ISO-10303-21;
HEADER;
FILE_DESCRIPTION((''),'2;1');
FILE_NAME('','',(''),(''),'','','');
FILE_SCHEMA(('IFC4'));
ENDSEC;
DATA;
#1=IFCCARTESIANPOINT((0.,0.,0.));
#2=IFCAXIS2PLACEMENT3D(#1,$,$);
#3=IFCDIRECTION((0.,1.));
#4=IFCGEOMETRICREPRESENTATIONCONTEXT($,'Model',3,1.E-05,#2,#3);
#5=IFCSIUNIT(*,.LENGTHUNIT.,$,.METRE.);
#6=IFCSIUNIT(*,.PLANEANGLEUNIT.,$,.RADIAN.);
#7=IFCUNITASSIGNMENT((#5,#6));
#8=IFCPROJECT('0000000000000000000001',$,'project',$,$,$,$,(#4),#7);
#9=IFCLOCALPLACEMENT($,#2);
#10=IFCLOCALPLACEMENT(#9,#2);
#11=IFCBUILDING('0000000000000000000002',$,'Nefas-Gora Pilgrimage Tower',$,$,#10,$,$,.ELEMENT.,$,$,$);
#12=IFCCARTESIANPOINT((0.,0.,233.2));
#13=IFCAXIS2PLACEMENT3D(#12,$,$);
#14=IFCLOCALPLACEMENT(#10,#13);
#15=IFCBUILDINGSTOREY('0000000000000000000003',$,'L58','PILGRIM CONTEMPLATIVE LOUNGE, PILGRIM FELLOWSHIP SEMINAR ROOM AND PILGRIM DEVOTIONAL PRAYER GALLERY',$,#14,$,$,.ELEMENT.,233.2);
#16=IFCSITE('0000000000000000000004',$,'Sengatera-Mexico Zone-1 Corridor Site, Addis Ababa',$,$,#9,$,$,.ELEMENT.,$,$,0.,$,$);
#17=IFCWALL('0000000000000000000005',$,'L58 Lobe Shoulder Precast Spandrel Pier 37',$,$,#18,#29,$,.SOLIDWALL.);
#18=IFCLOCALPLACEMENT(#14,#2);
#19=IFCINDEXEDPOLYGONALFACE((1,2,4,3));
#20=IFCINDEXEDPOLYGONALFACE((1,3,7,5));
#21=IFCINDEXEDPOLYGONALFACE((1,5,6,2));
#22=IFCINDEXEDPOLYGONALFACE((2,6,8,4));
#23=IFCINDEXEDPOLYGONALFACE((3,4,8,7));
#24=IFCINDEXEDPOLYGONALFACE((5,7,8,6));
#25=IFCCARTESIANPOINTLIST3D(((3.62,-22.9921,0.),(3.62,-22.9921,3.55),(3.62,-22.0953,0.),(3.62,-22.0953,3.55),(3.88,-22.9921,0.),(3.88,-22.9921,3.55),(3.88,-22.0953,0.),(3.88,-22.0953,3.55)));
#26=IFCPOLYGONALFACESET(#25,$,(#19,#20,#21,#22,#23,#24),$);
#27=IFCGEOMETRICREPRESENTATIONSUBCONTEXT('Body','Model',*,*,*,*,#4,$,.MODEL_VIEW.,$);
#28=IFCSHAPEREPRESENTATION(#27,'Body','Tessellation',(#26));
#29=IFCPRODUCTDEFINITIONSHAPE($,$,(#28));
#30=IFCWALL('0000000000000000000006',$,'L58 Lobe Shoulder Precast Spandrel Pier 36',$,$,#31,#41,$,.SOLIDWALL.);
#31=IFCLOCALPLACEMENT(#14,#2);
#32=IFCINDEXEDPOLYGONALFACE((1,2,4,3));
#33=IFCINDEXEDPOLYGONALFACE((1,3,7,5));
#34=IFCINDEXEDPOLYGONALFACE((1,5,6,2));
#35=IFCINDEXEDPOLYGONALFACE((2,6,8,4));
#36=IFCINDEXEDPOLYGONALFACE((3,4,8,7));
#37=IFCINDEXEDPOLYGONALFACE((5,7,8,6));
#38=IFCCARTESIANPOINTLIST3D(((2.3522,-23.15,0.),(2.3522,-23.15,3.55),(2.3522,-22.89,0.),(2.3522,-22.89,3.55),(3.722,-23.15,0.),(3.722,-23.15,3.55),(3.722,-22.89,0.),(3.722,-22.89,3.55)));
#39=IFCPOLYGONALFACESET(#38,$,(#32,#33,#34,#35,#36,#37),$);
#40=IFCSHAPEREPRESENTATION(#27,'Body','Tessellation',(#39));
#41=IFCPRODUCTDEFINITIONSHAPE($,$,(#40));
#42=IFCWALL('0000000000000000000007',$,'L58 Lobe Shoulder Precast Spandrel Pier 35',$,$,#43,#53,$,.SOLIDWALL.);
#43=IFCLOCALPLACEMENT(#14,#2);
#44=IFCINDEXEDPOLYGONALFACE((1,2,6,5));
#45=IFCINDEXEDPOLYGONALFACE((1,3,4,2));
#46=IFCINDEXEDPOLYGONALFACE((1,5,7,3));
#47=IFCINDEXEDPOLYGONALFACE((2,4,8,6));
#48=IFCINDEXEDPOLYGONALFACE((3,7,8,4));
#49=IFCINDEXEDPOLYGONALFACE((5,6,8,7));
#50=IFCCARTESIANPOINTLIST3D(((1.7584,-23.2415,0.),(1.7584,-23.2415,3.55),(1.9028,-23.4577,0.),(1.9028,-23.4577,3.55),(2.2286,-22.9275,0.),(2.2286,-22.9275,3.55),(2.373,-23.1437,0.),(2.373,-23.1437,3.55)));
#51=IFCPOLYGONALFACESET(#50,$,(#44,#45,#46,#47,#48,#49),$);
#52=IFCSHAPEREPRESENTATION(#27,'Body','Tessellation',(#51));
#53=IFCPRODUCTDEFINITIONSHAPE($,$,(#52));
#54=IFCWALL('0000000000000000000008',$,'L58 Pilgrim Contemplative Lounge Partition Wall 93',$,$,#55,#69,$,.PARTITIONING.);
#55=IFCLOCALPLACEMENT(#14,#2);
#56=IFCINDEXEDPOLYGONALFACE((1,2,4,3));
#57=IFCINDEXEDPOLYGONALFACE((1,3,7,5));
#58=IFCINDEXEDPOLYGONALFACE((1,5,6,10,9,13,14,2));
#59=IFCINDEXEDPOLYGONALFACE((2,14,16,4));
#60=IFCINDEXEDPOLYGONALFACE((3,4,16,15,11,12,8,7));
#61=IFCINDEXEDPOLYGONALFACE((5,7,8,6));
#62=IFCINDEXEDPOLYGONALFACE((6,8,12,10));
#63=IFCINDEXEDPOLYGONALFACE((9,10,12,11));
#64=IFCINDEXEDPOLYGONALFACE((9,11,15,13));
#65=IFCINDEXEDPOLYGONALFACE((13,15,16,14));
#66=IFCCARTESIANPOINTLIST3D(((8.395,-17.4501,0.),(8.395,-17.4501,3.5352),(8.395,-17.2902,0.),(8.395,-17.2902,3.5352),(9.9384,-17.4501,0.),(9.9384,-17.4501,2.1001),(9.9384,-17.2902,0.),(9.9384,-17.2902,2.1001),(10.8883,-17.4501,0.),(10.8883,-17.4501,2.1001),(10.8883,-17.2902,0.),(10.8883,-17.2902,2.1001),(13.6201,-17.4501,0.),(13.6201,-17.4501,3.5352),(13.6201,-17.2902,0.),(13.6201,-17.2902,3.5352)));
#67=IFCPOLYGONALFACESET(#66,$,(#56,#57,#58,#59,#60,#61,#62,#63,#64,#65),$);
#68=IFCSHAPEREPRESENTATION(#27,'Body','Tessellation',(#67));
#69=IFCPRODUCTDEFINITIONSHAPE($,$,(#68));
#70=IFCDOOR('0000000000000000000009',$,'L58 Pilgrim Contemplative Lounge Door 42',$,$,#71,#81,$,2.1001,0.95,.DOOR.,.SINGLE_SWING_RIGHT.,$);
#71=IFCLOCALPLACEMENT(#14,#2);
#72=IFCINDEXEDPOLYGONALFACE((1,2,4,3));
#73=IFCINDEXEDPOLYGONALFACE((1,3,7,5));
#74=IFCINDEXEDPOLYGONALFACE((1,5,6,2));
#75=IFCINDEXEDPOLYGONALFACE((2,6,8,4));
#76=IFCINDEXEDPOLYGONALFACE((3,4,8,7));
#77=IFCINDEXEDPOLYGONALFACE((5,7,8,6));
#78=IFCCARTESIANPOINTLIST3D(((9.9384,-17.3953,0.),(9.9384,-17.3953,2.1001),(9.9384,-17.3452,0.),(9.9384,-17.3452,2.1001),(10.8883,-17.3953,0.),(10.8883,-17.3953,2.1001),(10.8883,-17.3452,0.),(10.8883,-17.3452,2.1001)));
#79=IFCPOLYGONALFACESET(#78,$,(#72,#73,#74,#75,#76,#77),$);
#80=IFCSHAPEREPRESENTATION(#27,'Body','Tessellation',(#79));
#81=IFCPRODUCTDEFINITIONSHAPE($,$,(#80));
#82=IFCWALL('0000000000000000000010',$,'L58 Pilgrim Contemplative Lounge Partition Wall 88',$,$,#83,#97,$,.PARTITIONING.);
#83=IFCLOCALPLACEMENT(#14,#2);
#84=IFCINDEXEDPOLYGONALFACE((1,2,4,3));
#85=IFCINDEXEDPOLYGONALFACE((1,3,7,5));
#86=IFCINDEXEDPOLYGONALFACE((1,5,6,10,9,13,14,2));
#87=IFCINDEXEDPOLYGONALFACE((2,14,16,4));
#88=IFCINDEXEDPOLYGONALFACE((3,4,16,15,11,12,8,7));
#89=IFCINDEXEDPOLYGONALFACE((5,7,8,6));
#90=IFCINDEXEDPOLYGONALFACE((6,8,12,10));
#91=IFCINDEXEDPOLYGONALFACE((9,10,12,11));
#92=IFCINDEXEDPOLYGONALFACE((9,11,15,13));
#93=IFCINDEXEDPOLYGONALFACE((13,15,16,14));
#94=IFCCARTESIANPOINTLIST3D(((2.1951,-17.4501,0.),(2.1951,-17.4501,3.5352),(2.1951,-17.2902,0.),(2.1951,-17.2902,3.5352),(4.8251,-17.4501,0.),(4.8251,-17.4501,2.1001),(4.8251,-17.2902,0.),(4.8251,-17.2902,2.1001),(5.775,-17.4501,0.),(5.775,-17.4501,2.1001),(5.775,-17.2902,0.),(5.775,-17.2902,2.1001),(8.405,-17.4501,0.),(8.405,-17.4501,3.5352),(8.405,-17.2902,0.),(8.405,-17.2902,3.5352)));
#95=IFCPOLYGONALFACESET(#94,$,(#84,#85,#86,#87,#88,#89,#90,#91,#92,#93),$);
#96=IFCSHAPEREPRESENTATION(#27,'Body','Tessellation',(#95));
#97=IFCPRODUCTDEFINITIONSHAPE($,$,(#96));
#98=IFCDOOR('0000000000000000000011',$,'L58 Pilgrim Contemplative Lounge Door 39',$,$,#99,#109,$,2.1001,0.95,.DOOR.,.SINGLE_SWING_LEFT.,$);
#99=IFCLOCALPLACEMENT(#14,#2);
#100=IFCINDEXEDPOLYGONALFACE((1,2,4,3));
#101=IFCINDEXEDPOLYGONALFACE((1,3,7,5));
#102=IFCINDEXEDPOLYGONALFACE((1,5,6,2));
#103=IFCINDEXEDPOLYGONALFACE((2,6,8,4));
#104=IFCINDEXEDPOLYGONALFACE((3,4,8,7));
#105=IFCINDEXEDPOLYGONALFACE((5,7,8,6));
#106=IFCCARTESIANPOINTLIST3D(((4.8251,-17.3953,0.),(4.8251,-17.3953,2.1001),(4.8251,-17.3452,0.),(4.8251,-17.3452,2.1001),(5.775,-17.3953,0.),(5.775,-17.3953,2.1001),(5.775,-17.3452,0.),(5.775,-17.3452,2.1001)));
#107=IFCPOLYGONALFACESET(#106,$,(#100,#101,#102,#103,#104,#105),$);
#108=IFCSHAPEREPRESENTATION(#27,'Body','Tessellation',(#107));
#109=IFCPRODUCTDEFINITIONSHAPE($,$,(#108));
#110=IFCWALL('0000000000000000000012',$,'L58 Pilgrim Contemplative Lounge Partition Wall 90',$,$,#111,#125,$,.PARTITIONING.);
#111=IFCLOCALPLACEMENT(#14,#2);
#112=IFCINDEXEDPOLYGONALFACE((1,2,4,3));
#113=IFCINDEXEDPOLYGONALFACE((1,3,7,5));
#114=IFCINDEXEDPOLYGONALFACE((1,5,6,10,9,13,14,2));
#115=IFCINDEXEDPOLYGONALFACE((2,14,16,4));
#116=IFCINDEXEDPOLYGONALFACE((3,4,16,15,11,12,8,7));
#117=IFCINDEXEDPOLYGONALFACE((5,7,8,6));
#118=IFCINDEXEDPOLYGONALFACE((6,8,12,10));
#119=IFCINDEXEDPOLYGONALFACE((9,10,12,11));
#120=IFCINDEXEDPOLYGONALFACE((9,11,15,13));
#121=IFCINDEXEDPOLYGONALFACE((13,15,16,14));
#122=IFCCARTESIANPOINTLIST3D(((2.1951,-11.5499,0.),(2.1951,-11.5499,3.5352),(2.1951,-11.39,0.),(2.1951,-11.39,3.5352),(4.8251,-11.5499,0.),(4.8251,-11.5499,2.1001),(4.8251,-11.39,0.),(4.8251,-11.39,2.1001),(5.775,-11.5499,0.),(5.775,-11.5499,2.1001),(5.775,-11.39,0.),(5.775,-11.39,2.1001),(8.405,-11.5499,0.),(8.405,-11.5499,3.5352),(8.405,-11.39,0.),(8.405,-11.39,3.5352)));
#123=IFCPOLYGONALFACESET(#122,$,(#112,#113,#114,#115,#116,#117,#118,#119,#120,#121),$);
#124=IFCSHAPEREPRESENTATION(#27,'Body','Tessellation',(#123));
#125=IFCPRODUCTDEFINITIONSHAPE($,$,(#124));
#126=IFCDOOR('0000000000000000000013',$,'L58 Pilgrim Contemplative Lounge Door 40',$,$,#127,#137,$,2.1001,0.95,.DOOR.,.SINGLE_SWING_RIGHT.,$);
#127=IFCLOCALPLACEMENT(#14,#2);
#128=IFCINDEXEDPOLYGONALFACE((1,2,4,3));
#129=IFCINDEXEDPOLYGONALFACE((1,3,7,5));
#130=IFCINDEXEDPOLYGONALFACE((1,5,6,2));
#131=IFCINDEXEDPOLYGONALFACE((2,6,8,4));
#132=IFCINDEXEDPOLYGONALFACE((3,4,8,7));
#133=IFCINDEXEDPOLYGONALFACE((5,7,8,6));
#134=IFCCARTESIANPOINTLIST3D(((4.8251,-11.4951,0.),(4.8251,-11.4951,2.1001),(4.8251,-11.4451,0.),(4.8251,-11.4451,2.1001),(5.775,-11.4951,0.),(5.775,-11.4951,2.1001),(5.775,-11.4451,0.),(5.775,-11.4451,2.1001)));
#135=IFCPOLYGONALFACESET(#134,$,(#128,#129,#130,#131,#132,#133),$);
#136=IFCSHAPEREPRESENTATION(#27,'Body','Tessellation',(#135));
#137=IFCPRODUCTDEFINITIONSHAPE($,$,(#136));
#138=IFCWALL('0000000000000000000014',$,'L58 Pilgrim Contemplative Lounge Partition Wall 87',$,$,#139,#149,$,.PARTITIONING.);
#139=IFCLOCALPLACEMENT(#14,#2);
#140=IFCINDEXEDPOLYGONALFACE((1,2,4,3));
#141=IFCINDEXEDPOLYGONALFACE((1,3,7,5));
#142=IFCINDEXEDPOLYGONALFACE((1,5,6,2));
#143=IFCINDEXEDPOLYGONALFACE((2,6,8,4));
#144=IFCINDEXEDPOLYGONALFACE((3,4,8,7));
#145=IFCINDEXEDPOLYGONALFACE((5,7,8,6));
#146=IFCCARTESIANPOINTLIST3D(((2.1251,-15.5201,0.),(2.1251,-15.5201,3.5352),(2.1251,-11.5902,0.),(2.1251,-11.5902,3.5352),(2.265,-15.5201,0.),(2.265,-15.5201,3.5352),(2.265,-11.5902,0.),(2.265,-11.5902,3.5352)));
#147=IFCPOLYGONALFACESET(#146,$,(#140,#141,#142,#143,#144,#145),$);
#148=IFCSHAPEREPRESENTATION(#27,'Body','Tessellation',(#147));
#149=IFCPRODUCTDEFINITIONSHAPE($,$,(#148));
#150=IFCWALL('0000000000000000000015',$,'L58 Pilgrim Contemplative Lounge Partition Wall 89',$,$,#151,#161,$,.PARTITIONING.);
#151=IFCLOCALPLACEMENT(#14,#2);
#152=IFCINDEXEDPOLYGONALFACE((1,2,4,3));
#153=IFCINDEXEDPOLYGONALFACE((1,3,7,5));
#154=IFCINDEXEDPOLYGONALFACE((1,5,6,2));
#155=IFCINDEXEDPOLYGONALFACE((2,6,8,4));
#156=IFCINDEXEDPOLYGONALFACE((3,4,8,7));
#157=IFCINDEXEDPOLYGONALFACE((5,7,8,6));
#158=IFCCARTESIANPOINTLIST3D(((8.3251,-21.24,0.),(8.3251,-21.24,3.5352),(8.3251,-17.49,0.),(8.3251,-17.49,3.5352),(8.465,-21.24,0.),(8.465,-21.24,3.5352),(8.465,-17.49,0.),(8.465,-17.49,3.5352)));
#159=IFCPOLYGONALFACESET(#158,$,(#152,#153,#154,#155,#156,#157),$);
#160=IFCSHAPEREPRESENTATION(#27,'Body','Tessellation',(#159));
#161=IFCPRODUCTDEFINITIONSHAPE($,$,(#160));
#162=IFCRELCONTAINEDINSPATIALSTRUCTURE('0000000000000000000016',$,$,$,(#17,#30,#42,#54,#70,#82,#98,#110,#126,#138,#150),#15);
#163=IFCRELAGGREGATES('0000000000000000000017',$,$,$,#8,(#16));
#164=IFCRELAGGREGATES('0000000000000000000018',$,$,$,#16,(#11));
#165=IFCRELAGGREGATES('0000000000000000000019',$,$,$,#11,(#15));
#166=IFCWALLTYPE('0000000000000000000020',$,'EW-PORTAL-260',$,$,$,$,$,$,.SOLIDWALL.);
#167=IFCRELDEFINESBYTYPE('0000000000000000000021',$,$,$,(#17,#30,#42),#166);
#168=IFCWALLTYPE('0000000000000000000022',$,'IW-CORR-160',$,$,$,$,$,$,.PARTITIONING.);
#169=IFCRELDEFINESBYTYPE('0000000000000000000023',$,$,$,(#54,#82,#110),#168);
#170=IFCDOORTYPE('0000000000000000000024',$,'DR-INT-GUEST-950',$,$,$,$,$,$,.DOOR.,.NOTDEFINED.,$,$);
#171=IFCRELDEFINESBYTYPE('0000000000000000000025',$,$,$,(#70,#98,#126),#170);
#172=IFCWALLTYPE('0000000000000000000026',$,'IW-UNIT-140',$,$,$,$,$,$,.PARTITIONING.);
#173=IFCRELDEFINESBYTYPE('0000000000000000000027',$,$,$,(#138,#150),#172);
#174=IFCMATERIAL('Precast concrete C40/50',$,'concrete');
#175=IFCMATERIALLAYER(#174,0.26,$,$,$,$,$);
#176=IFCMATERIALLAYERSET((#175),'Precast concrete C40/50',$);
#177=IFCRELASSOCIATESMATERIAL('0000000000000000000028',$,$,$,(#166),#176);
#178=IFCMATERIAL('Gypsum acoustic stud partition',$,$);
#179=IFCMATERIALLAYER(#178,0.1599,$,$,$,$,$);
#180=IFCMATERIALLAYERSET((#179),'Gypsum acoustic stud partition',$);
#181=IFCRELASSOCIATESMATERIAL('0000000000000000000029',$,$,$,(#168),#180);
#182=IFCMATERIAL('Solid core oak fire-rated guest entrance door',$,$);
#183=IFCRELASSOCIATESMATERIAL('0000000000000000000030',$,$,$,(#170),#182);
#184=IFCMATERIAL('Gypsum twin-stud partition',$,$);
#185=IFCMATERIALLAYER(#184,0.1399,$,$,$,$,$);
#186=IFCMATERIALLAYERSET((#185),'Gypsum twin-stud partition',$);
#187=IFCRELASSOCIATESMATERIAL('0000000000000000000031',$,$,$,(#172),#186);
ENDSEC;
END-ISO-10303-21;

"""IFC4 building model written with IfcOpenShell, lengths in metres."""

from ifc_helpers import new_model, si_unit, direction, frame, frame_2d, origin, place, context, subcontext, project, spatial, rectangle, extrude, source, transform, mapped, material, layer, layer_set, type_object, element, fill, save


model = new_model("IFC4")

# Units and contexts
model_context = context("Model", 3, precision=1e-05, world=origin(), true_north=direction((0.0, 1.0)))
body_context = subcontext(model_context, "Body", "Model", "MODEL_VIEW")
ifc_project = project(units=[si_unit("LENGTHUNIT", "METRE"), si_unit("PLANEANGLEUNIT", "RADIAN")], contexts=[model_context])

# Site, building, storey
site_placement = place(None, origin())
site = spatial("IfcSite", under=ifc_project, at=site_placement, Name="Sengatera-Mexico Zone-1 Corridor Site, Addis Ababa", CompositionType="ELEMENT", RefElevation=0.0)
building_placement = place(site_placement, origin())
building = spatial("IfcBuilding", under=site, at=building_placement, Name="Nefas-Gora Pilgrimage Tower", CompositionType="ELEMENT")
storey_placement = place(building_placement, frame((0.0, 0.0, 233.2)))
storey = spatial("IfcBuildingStorey", under=building, at=storey_placement, Name="L58", Description="PILGRIM CONTEMPLATIVE LOUNGE, PILGRIM FELLOWSHIP SEMINAR ROOM AND PILGRIM DEVOTIONAL PRAYER GALLERY", CompositionType="ELEMENT", Elevation=233.2)

# Walls
ifc_material_1 = material(Name="Precast concrete C40/50", Category="concrete")
ifc_layer_1 = layer(ifc_material_1, 0.26)
ifc_layer_set_1 = layer_set([ifc_layer_1], Name="Precast concrete C40/50")
wall_type_1 = type_object("IfcWallType", Name="EW-PORTAL-260", PredefinedType="SOLIDWALL", material=ifc_layer_set_1)
shared_shape_1 = source(origin(), body_context, "Body", "SweptSolid", [
    extrude(rectangle(XDim=0.8967, YDim=0.26, at=frame_2d((0.4482, 0.0))), origin(), (0.0, 0.0, 1.0), 3.55),
])
wall_1_placement = place(storey_placement, frame((3.75, -22.9919, 0.0), z_axis=(0.0, 0.0, 1.0), x_axis=(0.0, 1.0, 0.0)))
element("IfcWall", 1, at=wall_1_placement, inside=storey, type_object=wall_type_1, Name="L58 Lobe Shoulder Precast Spandrel Pier 37", PredefinedType="SOLIDWALL", context=body_context, shape_type="MappedRepresentation", body=[
    mapped(shared_shape_1, transform((0.0, 0.0, 0.0), x_axis=(1.0, 0.0, 0.0), y_axis=(0.0, 1.0, 0.0), z_axis=(0.0, 0.0, 1.0), scale=1.0)),
])
shared_shape_2 = source(origin(), body_context, "Body", "SweptSolid", [
    extrude(rectangle(XDim=1.3699, YDim=0.26, at=frame_2d((0.6851, 0.0))), origin(), (0.0, 0.0, 1.0), 3.55),
])
wall_2_placement = place(storey_placement, frame((2.3521, -23.02, 0.0), z_axis=(0.0, 0.0, 1.0), x_axis=(1.0, 0.0, 0.0)))
element("IfcWall", 2, at=wall_2_placement, inside=storey, type_object=wall_type_1, Name="L58 Lobe Shoulder Precast Spandrel Pier 36", PredefinedType="SOLIDWALL", context=body_context, shape_type="MappedRepresentation", body=[
    mapped(shared_shape_2, transform((0.0, 0.0, 0.0), x_axis=(1.0, 0.0, 0.0), y_axis=(0.0, 1.0, 0.0), z_axis=(0.0, 0.0, 1.0), scale=1.0)),
])
shared_shape_3 = source(origin(), body_context, "Body", "SweptSolid", [
    extrude(rectangle(XDim=0.5654, YDim=0.26, at=frame_2d((0.2827, 0.0))), origin(), (0.0, 0.0, 1.0), 3.55),
])
wall_3_placement = place(storey_placement, frame((1.8306, -23.3496, 0.0), z_axis=(0.0, 0.0, 1.0), x_axis=(0.831651, 0.555298, 0.0)))
element("IfcWall", 3, at=wall_3_placement, inside=storey, type_object=wall_type_1, Name="L58 Lobe Shoulder Precast Spandrel Pier 35", PredefinedType="SOLIDWALL", context=body_context, shape_type="MappedRepresentation", body=[
    mapped(shared_shape_3, transform((0.0, 0.0, 0.0), x_axis=(1.0, 0.0, 0.0), y_axis=(0.0, 1.0, 0.0), z_axis=(0.0, 0.0, 1.0), scale=1.0)),
])

# Walls, openings, doors
ifc_material_2 = material(Name="Gypsum acoustic stud partition")
ifc_layer_2 = layer(ifc_material_2, 0.1599)
ifc_layer_set_2 = layer_set([ifc_layer_2], Name="Gypsum acoustic stud partition")
wall_type_2 = type_object("IfcWallType", Name="IW-CORR-160", PredefinedType="PARTITIONING", material=ifc_layer_set_2)
shared_shape_4 = source(origin(), body_context, "Body", "SweptSolid", [
    extrude(rectangle(XDim=5.2251, YDim=0.1599, at=frame_2d((2.6125, 0.0))), origin(), (0.0, 0.0, 1.0), 3.5352),
])
wall_4_placement = place(storey_placement, frame((8.395, -17.3701, 0.0), z_axis=(0.0, 0.0, 1.0), x_axis=(1.0, 0.0, 0.0)))
wall_4 = element("IfcWall", 4, at=wall_4_placement, inside=storey, type_object=wall_type_2, Name="L58 Pilgrim Contemplative Lounge Partition Wall 93", PredefinedType="PARTITIONING", context=body_context, shape_type="MappedRepresentation", body=[
    mapped(shared_shape_4, transform((0.0, 0.0, 0.0), x_axis=(1.0, 0.0, 0.0), y_axis=(0.0, 1.0, 0.0), z_axis=(0.0, 0.0, 1.0), scale=1.0)),
])
opening_1_placement = place(wall_4_placement, frame((1.5432, 0.0, 0.0)))
opening_1 = element("IfcOpeningElement", 5, at=opening_1_placement, cuts=wall_4, PredefinedType="OPENING", context=body_context, shape_type="SweptSolid", body=[
    extrude(rectangle(XDim=0.95, YDim=2.1001, at=frame_2d((0.4751, 1.05))), frame((0.0, 0.0898, 0.0), z_axis=(0.0, -1.0, 0.0), x_axis=(1.0, 0.0, 0.0)), (0.0, 0.0, 1.0), 0.1799),
])
ifc_material_3 = material(Name="Solid core oak fire-rated guest entrance door")
door_type = type_object("IfcDoorType", Name="DR-INT-GUEST-950", OperationType="NOTDEFINED", PredefinedType="DOOR", material=ifc_material_3)
shared_shape_5 = source(origin(), body_context, "Body", "SweptSolid", [
    extrude(rectangle(XDim=0.95, YDim=2.1001, at=frame_2d((0.4751, 1.05))), frame((0.0, 0.0249, 0.0), z_axis=(0.0, -1.0, 0.0), x_axis=(1.0, 0.0, 0.0)), (0.0, 0.0, 1.0), 0.05),
])
door_1_placement = place(opening_1_placement, origin())
door_1 = element("IfcDoor", 6, at=door_1_placement, inside=storey, type_object=door_type, Name="L58 Pilgrim Contemplative Lounge Door 42", OperationType="SINGLE_SWING_RIGHT", OverallHeight=2.1001, OverallWidth=0.95, PredefinedType="DOOR", context=body_context, shape_type="MappedRepresentation", body=[
    mapped(shared_shape_5, transform((0.0, 0.0, 0.0), x_axis=(1.0, 0.0, 0.0), y_axis=(0.0, 1.0, 0.0), z_axis=(0.0, 0.0, 1.0), scale=1.0)),
])
fill(opening_1, door_1)
shared_shape_6 = source(origin(), body_context, "Body", "SweptSolid", [
    extrude(rectangle(XDim=6.21, YDim=0.1599, at=frame_2d((3.105, 0.0))), origin(), (0.0, 0.0, 1.0), 3.5352),
])
wall_5_placement = place(storey_placement, frame((2.1951, -17.3701, 0.0), z_axis=(0.0, 0.0, 1.0), x_axis=(1.0, 0.0, 0.0)))
wall_5 = element("IfcWall", 7, at=wall_5_placement, inside=storey, type_object=wall_type_2, Name="L58 Pilgrim Contemplative Lounge Partition Wall 88", PredefinedType="PARTITIONING", context=body_context, shape_type="MappedRepresentation", body=[
    mapped(shared_shape_6, transform((0.0, 0.0, 0.0), x_axis=(1.0, 0.0, 0.0), y_axis=(0.0, 1.0, 0.0), z_axis=(0.0, 0.0, 1.0), scale=1.0)),
])
opening_2_placement = place(wall_5_placement, frame((2.6299, 0.0, 0.0)))
opening_2 = element("IfcOpeningElement", 8, at=opening_2_placement, cuts=wall_5, PredefinedType="OPENING", context=body_context, shape_type="SweptSolid", body=[
    extrude(rectangle(XDim=0.95, YDim=2.1001, at=frame_2d((0.4751, 1.05))), frame((0.0, 0.0898, 0.0), z_axis=(0.0, -1.0, 0.0), x_axis=(1.0, 0.0, 0.0)), (0.0, 0.0, 1.0), 0.1799),
])
door_2_placement = place(opening_2_placement, origin())
door_2 = element("IfcDoor", 9, at=door_2_placement, inside=storey, type_object=door_type, Name="L58 Pilgrim Contemplative Lounge Door 39", OperationType="SINGLE_SWING_LEFT", OverallHeight=2.1001, OverallWidth=0.95, PredefinedType="DOOR", context=body_context, shape_type="MappedRepresentation", body=[
    mapped(shared_shape_5, transform((0.0, 0.0, 0.0), x_axis=(1.0, 0.0, 0.0), y_axis=(0.0, 1.0, 0.0), z_axis=(0.0, 0.0, 1.0), scale=1.0)),
])
fill(opening_2, door_2)
wall_6_placement = place(storey_placement, frame((2.1951, -11.47, 0.0), z_axis=(0.0, 0.0, 1.0), x_axis=(1.0, 0.0, 0.0)))
wall_6 = element("IfcWall", 10, at=wall_6_placement, inside=storey, type_object=wall_type_2, Name="L58 Pilgrim Contemplative Lounge Partition Wall 90", PredefinedType="PARTITIONING", context=body_context, shape_type="MappedRepresentation", body=[
    mapped(shared_shape_6, transform((0.0, 0.0, 0.0), x_axis=(1.0, 0.0, 0.0), y_axis=(0.0, 1.0, 0.0), z_axis=(0.0, 0.0, 1.0), scale=1.0)),
])
opening_3_placement = place(wall_6_placement, frame((2.6299, 0.0, 0.0)))
opening_3 = element("IfcOpeningElement", 11, at=opening_3_placement, cuts=wall_6, PredefinedType="OPENING", context=body_context, shape_type="SweptSolid", body=[
    extrude(rectangle(XDim=0.95, YDim=2.1001, at=frame_2d((0.4751, 1.05))), frame((0.0, 0.0898, 0.0), z_axis=(0.0, -1.0, 0.0), x_axis=(1.0, 0.0, 0.0)), (0.0, 0.0, 1.0), 0.1799),
])
door_3_placement = place(opening_3_placement, origin())
door_3 = element("IfcDoor", 12, at=door_3_placement, inside=storey, type_object=door_type, Name="L58 Pilgrim Contemplative Lounge Door 40", OperationType="SINGLE_SWING_RIGHT", OverallHeight=2.1001, OverallWidth=0.95, PredefinedType="DOOR", context=body_context, shape_type="MappedRepresentation", body=[
    mapped(shared_shape_5, transform((0.0, 0.0, 0.0), x_axis=(1.0, 0.0, 0.0), y_axis=(0.0, 1.0, 0.0), z_axis=(0.0, 0.0, 1.0), scale=1.0)),
])
fill(opening_3, door_3)

# Walls
ifc_material_4 = material(Name="Gypsum twin-stud partition")
ifc_layer_3 = layer(ifc_material_4, 0.1399)
ifc_layer_set_3 = layer_set([ifc_layer_3], Name="Gypsum twin-stud partition")
wall_type_3 = type_object("IfcWallType", Name="IW-UNIT-140", PredefinedType="PARTITIONING", material=ifc_layer_set_3)
shared_shape_7 = source(origin(), body_context, "Body", "SweptSolid", [
    extrude(rectangle(XDim=3.9299, YDim=0.1399, at=frame_2d((1.9648, 0.0))), origin(), (0.0, 0.0, 1.0), 3.5352),
])
wall_7_placement = place(storey_placement, frame((2.1951, -15.52, 0.0), z_axis=(0.0, 0.0, 1.0), x_axis=(0.0, 1.0, 0.0)))
element("IfcWall", 13, at=wall_7_placement, inside=storey, type_object=wall_type_3, Name="L58 Pilgrim Contemplative Lounge Partition Wall 87", PredefinedType="PARTITIONING", context=body_context, shape_type="MappedRepresentation", body=[
    mapped(shared_shape_7, transform((0.0, 0.0, 0.0), x_axis=(1.0, 0.0, 0.0), y_axis=(0.0, 1.0, 0.0), z_axis=(0.0, 0.0, 1.0), scale=1.0)),
])
shared_shape_8 = source(origin(), body_context, "Body", "SweptSolid", [
    extrude(rectangle(XDim=3.75, YDim=0.1399, at=frame_2d((1.875, 0.0))), origin(), (0.0, 0.0, 1.0), 3.5352),
])
wall_8_placement = place(storey_placement, frame((8.395, -21.24, 0.0), z_axis=(0.0, 0.0, 1.0), x_axis=(0.0, 1.0, 0.0)))
element("IfcWall", 14, at=wall_8_placement, inside=storey, type_object=wall_type_3, Name="L58 Pilgrim Contemplative Lounge Partition Wall 89", PredefinedType="PARTITIONING", context=body_context, shape_type="MappedRepresentation", body=[
    mapped(shared_shape_8, transform((0.0, 0.0, 0.0), x_axis=(1.0, 0.0, 0.0), y_axis=(0.0, 1.0, 0.0), z_axis=(0.0, 0.0, 1.0), scale=1.0)),
])

save(model, "model.ifc")
